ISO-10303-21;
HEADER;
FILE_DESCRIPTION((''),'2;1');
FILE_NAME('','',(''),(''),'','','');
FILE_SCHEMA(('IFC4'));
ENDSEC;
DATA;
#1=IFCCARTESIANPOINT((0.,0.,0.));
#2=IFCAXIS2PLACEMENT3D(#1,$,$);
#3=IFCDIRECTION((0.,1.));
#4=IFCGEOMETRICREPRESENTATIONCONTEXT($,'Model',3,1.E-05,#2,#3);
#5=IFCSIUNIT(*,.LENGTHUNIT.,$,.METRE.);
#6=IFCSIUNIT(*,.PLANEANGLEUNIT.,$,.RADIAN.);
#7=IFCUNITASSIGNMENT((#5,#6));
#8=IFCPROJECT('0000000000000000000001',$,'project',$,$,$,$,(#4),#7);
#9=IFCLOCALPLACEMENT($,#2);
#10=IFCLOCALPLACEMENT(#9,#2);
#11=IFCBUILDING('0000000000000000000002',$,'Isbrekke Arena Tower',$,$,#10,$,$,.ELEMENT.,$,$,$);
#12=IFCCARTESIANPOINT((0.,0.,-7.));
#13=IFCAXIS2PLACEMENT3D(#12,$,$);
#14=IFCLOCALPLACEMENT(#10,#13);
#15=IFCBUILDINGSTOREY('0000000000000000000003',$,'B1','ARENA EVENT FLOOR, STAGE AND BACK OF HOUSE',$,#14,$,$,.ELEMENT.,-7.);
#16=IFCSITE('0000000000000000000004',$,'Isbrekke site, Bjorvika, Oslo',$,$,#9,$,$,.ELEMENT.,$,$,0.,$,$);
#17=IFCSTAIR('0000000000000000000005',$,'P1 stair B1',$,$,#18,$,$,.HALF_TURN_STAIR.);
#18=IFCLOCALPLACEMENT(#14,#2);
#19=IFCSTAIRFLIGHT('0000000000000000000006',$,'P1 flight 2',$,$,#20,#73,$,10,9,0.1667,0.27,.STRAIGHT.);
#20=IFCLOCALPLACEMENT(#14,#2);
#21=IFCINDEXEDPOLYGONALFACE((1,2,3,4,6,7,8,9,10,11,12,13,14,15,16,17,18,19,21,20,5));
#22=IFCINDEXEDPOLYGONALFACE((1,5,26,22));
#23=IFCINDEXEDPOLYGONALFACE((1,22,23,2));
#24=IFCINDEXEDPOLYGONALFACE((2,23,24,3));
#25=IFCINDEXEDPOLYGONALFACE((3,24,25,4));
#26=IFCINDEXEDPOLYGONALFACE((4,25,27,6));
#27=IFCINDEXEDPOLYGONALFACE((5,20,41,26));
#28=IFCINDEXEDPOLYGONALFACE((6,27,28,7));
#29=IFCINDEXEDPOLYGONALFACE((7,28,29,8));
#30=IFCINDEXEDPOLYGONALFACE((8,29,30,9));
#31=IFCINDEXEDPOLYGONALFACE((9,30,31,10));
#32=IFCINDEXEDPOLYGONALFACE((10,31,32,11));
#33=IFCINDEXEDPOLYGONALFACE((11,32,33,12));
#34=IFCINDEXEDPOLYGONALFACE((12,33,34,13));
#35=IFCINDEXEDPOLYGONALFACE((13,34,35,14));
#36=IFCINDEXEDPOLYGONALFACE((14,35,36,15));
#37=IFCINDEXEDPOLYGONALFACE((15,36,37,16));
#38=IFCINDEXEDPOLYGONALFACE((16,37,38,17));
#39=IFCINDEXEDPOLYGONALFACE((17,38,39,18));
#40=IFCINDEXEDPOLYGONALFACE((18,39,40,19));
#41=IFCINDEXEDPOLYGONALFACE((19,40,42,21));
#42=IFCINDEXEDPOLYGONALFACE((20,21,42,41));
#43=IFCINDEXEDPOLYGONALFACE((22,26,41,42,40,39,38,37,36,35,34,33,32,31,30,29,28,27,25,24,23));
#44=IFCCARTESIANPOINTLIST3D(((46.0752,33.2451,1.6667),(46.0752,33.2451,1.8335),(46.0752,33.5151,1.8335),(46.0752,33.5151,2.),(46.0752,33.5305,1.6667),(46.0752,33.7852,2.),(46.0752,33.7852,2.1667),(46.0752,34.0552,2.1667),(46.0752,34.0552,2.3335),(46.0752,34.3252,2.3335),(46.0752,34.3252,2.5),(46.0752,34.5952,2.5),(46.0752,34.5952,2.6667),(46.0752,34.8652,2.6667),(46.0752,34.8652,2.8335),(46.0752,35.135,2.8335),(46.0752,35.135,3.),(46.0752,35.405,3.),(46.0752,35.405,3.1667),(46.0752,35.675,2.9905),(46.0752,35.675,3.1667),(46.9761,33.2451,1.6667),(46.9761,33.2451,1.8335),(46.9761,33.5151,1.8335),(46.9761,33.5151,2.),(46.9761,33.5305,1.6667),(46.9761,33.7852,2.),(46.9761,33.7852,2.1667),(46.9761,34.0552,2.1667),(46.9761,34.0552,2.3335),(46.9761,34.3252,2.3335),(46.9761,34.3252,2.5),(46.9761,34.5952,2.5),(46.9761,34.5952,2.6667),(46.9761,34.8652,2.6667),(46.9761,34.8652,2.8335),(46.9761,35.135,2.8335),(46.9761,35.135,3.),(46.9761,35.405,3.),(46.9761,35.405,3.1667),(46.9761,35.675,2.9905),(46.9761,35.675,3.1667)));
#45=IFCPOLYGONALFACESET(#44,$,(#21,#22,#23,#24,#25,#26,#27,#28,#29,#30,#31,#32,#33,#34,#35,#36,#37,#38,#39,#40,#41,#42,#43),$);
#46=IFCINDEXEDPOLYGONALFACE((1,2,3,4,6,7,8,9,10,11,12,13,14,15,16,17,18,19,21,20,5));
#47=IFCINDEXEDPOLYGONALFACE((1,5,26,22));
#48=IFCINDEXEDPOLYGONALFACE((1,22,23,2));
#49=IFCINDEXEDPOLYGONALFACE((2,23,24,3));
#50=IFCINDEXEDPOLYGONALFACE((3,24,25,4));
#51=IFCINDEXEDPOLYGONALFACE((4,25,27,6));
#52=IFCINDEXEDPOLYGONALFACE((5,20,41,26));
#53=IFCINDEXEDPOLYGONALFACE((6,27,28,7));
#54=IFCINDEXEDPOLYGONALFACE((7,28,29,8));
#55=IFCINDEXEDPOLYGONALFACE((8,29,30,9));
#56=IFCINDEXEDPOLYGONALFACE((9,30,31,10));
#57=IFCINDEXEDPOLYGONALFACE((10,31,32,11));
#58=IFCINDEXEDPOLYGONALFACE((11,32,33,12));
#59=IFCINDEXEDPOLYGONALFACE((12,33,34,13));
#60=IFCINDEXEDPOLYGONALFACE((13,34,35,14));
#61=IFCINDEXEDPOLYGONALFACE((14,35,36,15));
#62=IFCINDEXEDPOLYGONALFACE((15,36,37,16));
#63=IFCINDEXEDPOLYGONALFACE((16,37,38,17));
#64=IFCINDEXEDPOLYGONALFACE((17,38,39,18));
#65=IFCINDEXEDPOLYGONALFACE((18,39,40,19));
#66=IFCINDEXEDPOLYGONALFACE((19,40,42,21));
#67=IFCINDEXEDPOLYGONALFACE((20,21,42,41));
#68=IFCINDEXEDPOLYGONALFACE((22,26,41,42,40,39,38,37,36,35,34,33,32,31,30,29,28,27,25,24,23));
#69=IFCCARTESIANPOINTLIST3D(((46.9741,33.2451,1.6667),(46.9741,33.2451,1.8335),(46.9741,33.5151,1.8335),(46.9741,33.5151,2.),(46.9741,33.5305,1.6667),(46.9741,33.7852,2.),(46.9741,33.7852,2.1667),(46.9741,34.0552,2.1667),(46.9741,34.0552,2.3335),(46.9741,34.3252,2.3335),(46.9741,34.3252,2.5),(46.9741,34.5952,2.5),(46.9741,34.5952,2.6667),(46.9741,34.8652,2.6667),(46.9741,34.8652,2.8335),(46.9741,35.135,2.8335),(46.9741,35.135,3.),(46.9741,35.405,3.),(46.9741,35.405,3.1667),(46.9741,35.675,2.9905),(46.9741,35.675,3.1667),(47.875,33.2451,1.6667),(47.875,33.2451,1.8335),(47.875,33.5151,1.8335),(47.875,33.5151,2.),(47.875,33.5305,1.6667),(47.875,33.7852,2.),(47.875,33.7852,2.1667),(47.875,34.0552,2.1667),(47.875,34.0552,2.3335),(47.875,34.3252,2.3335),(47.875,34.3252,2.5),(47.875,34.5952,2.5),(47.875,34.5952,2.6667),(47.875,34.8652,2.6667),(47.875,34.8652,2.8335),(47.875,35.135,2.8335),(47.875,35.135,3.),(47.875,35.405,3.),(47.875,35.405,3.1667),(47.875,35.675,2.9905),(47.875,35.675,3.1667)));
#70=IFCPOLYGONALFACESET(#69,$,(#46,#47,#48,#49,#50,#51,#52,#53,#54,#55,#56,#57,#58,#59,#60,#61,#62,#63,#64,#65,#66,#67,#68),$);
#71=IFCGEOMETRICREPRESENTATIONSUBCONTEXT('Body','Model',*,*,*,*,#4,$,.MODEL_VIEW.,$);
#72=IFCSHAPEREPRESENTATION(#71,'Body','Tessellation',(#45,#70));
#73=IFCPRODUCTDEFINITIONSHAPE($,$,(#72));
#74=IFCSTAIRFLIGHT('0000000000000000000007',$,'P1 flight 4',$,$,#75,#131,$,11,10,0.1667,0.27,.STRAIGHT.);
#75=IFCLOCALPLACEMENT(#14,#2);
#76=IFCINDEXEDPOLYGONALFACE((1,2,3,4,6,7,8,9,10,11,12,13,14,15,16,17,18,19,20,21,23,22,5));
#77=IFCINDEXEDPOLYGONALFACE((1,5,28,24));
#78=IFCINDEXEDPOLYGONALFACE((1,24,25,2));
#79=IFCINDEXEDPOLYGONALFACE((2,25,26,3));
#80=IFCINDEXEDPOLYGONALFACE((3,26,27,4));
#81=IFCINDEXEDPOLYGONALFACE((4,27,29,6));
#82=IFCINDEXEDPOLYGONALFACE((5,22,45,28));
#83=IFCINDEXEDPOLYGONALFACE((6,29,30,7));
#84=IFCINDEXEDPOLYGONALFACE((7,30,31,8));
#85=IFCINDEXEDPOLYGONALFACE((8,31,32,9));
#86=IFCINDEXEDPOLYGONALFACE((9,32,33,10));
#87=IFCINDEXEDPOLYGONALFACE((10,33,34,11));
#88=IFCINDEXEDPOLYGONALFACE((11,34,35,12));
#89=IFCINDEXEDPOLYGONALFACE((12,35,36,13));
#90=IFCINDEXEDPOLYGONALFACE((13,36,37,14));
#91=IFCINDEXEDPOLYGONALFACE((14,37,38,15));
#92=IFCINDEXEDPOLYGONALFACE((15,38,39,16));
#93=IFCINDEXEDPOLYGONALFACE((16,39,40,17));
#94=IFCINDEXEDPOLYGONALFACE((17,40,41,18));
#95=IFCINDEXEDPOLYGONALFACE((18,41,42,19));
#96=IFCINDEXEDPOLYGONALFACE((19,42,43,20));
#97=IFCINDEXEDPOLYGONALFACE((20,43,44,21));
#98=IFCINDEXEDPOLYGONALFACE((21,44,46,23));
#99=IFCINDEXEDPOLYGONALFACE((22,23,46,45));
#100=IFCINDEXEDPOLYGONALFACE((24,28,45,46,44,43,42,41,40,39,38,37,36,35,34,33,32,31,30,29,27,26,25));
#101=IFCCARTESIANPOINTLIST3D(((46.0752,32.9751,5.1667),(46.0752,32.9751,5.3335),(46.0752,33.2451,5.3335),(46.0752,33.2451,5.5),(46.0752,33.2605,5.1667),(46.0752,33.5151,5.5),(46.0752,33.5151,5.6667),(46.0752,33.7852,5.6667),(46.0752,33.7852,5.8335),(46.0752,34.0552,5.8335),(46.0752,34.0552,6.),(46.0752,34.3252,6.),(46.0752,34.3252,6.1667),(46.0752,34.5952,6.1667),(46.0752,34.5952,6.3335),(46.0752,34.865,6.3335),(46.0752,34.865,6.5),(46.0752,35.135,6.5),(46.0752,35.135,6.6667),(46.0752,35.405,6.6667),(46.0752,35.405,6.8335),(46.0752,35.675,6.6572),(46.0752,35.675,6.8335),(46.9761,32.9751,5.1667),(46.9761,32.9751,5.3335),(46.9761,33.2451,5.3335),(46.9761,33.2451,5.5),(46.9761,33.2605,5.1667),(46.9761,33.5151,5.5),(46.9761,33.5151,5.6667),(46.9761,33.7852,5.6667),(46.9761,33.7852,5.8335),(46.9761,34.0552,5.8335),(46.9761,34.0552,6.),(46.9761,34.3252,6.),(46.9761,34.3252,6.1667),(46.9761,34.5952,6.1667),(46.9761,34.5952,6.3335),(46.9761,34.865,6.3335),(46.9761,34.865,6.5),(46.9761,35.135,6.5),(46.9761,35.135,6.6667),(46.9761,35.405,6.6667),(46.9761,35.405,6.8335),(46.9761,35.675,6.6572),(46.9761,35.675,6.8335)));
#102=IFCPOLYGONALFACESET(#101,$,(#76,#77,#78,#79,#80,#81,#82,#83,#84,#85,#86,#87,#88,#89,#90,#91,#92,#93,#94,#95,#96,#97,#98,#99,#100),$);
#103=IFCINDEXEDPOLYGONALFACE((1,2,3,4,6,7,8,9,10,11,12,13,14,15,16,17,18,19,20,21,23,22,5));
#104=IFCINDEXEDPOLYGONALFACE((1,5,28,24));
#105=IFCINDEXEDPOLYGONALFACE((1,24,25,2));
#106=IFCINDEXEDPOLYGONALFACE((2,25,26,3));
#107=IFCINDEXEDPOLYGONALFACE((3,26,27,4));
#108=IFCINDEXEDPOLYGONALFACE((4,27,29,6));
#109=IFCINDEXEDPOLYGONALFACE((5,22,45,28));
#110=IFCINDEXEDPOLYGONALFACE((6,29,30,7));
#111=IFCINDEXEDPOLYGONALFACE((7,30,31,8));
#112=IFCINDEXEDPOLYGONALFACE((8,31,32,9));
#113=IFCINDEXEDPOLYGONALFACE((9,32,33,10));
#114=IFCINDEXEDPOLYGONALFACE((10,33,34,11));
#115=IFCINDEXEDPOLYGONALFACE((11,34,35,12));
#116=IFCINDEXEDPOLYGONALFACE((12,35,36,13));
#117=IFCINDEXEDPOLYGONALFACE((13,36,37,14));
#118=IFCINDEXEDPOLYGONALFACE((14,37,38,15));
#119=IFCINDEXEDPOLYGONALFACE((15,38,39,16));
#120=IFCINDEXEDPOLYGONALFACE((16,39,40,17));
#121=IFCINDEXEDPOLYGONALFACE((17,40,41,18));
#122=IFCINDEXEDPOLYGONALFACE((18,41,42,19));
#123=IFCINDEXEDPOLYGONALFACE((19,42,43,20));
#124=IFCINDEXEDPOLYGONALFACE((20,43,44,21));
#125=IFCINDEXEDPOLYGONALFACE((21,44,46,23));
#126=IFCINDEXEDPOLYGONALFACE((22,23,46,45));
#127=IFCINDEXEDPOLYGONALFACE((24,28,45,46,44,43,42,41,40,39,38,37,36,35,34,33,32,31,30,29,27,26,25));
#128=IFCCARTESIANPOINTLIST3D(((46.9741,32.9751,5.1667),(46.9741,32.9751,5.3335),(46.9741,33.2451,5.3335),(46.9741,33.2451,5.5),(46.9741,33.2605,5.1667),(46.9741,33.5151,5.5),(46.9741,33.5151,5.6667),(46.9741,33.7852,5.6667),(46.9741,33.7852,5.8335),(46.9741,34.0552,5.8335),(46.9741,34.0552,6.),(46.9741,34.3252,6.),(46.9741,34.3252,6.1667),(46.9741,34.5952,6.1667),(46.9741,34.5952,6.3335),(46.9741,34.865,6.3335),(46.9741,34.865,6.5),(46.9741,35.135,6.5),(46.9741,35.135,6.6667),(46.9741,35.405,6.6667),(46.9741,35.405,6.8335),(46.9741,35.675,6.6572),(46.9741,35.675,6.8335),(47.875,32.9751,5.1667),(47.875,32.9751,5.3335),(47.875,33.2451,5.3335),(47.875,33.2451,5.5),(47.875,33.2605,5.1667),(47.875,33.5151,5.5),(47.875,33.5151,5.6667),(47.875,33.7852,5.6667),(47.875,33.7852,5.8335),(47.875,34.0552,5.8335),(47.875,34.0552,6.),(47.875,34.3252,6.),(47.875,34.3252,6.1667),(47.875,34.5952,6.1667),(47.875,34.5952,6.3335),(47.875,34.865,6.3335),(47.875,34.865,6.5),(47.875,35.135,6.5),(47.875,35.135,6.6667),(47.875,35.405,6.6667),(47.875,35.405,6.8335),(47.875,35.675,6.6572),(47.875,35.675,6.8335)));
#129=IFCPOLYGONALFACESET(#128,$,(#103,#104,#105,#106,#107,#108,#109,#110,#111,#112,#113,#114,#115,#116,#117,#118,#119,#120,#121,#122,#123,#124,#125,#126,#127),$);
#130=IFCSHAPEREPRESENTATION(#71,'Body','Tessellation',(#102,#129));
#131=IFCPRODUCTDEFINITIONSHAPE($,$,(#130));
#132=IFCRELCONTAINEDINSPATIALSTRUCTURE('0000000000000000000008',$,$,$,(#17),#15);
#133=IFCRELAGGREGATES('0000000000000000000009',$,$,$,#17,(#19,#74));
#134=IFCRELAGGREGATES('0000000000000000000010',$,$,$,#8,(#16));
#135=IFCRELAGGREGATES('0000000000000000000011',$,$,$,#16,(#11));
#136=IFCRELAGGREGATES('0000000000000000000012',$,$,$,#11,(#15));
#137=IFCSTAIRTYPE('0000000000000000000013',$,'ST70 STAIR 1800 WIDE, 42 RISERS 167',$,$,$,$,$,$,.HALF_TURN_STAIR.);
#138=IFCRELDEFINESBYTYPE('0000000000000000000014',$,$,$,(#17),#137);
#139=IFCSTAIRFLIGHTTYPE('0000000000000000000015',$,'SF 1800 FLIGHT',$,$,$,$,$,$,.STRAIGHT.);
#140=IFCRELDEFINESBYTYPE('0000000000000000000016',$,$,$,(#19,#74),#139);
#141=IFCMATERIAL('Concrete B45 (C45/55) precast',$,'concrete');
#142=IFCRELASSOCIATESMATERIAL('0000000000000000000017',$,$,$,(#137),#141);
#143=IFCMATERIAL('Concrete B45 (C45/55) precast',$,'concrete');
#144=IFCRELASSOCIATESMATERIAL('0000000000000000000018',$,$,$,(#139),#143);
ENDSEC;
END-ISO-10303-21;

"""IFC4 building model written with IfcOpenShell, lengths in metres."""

from ifc_helpers import new_model, si_unit, direction, frame, origin, place, context, subcontext, project, spatial, polyline, outline, extrude, material, type_object, element, aggregate, save


model = new_model("IFC4")

# Units and contexts
model_context = context("Model", 3, precision=1e-05, world=origin(), true_north=direction((0.0, 1.0)))
body_context = subcontext(model_context, "Body", "Model", "MODEL_VIEW")
ifc_project = project(units=[si_unit("LENGTHUNIT", "METRE"), si_unit("PLANEANGLEUNIT", "RADIAN")], contexts=[model_context])

# Site, building, storey
site_placement = place(None, origin())
site = spatial("IfcSite", under=ifc_project, at=site_placement, Name="Isbrekke site, Bjorvika, Oslo", CompositionType="ELEMENT", RefElevation=0.0)
building_placement = place(site_placement, origin())
building = spatial("IfcBuilding", under=site, at=building_placement, Name="Isbrekke Arena Tower", CompositionType="ELEMENT")
storey_placement = place(building_placement, frame((0.0, 0.0, -7.0)))
storey = spatial("IfcBuildingStorey", under=building, at=storey_placement, Name="B1", Description="ARENA EVENT FLOOR, STAGE AND BACK OF HOUSE", CompositionType="ELEMENT", Elevation=-7.0)

# Stair, stair flights
ifc_material_1 = material(Name="Concrete B45 (C45/55) precast", Category="concrete")
stair_type = type_object("IfcStairType", Name="ST70 STAIR 1800 WIDE, 42 RISERS 167", PredefinedType="HALF_TURN_STAIR", material=ifc_material_1)
stair_placement = place(storey_placement, origin())
stair = element("IfcStair", 1, at=stair_placement, inside=storey, type_object=stair_type, Name="P1 stair B1", PredefinedType="HALF_TURN_STAIR")
ifc_material_2 = material(Name="Concrete B45 (C45/55) precast", Category="concrete")
stair_flight_type = type_object("IfcStairFlightType", Name="SF 1800 FLIGHT", PredefinedType="STRAIGHT", material=ifc_material_2)
stair_flight_1_placement = place(storey_placement, frame((46.9751, 33.2451, 1.6667), z_axis=(0.0, 0.0, 1.0), x_axis=(0.0, 1.0, 0.0)))
stair_flight_1 = element("IfcStairFlight", 2, at=stair_flight_1_placement, type_object=stair_flight_type, Name="P1 flight 2", NumberOfRisers=10, NumberOfTreads=9, PredefinedType="STRAIGHT", RiserHeight=0.1667, TreadLength=0.27, context=body_context, shape_type="SweptSolid", body=[
    extrude(outline(polyline([(0.0, 0.0), (0.0, 0.1667), (0.27, 0.1667), (0.27, 0.3333), (0.54, 0.3333), (0.54, 0.5), (0.8101, 0.5), (0.8101, 0.6667), (1.0801, 0.6667), (1.0801, 0.8333), (1.3501, 0.8333), (1.3501, 1.0), (1.6201, 1.0), (1.6201, 1.1667), (1.8899, 1.1667), (1.8899, 1.3333), (2.1599, 1.3333), (2.1599, 1.5), (2.4299, 1.5), (2.4299, 1.6667), (2.4299, 1.3237), (0.2854, 0.0), (0.0, 0.0)])), frame((0.0, 0.8999, 0.0), z_axis=(0.0, -1.0, 0.0), x_axis=(1.0, 0.0, 0.0)), (0.0, 0.0, 1.0), 0.9009),
    extrude(outline(polyline([(0.0, 0.0), (0.0, 0.1667), (0.27, 0.1667), (0.27, 0.3333), (0.54, 0.3333), (0.54, 0.5), (0.8101, 0.5), (0.8101, 0.6667), (1.0801, 0.6667), (1.0801, 0.8333), (1.3501, 0.8333), (1.3501, 1.0), (1.6201, 1.0), (1.6201, 1.1667), (1.8899, 1.1667), (1.8899, 1.3333), (2.1599, 1.3333), (2.1599, 1.5), (2.4299, 1.5), (2.4299, 1.6667), (2.4299, 1.3237), (0.2854, 0.0), (0.0, 0.0)])), frame((0.0, 0.001, 0.0), z_axis=(0.0, -1.0, 0.0), x_axis=(1.0, 0.0, 0.0)), (0.0, 0.0, 1.0), 0.9009),
])
stair_flight_2_placement = place(storey_placement, frame((46.9751, 32.9751, 5.1667), z_axis=(0.0, 0.0, 1.0), x_axis=(0.0, 1.0, 0.0)))
stair_flight_2 = element("IfcStairFlight", 3, at=stair_flight_2_placement, type_object=stair_flight_type, Name="P1 flight 4", NumberOfRisers=11, NumberOfTreads=10, PredefinedType="STRAIGHT", RiserHeight=0.1667, TreadLength=0.27, context=body_context, shape_type="SweptSolid", body=[
    extrude(outline(polyline([(0.0, 0.0), (0.0, 0.1667), (0.27, 0.1667), (0.27, 0.3333), (0.54, 0.3333), (0.54, 0.5), (0.8101, 0.5), (0.8101, 0.6667), (1.0801, 0.6667), (1.0801, 0.8333), (1.3501, 0.8333), (1.3501, 1.0), (1.6201, 1.0), (1.6201, 1.1667), (1.8899, 1.1667), (1.8899, 1.3333), (2.1599, 1.3333), (2.1599, 1.5), (2.4299, 1.5), (2.4299, 1.6667), (2.7, 1.6667), (2.7, 1.8333), (2.7, 1.4905), (0.2854, 0.0), (0.0, 0.0)])), frame((0.0, 0.8999, 0.0), z_axis=(0.0, -1.0, 0.0), x_axis=(1.0, 0.0, 0.0)), (0.0, 0.0, 1.0), 0.9009),
    extrude(outline(polyline([(0.0, 0.0), (0.0, 0.1667), (0.27, 0.1667), (0.27, 0.3333), (0.54, 0.3333), (0.54, 0.5), (0.8101, 0.5), (0.8101, 0.6667), (1.0801, 0.6667), (1.0801, 0.8333), (1.3501, 0.8333), (1.3501, 1.0), (1.6201, 1.0), (1.6201, 1.1667), (1.8899, 1.1667), (1.8899, 1.3333), (2.1599, 1.3333), (2.1599, 1.5), (2.4299, 1.5), (2.4299, 1.6667), (2.7, 1.6667), (2.7, 1.8333), (2.7, 1.4905), (0.2854, 0.0), (0.0, 0.0)])), frame((0.0, 0.001, 0.0), z_axis=(0.0, -1.0, 0.0), x_axis=(1.0, 0.0, 0.0)), (0.0, 0.0, 1.0), 0.9009),
])
aggregate(stair, [stair_flight_1, stair_flight_2])

save(model, "model.ifc")
